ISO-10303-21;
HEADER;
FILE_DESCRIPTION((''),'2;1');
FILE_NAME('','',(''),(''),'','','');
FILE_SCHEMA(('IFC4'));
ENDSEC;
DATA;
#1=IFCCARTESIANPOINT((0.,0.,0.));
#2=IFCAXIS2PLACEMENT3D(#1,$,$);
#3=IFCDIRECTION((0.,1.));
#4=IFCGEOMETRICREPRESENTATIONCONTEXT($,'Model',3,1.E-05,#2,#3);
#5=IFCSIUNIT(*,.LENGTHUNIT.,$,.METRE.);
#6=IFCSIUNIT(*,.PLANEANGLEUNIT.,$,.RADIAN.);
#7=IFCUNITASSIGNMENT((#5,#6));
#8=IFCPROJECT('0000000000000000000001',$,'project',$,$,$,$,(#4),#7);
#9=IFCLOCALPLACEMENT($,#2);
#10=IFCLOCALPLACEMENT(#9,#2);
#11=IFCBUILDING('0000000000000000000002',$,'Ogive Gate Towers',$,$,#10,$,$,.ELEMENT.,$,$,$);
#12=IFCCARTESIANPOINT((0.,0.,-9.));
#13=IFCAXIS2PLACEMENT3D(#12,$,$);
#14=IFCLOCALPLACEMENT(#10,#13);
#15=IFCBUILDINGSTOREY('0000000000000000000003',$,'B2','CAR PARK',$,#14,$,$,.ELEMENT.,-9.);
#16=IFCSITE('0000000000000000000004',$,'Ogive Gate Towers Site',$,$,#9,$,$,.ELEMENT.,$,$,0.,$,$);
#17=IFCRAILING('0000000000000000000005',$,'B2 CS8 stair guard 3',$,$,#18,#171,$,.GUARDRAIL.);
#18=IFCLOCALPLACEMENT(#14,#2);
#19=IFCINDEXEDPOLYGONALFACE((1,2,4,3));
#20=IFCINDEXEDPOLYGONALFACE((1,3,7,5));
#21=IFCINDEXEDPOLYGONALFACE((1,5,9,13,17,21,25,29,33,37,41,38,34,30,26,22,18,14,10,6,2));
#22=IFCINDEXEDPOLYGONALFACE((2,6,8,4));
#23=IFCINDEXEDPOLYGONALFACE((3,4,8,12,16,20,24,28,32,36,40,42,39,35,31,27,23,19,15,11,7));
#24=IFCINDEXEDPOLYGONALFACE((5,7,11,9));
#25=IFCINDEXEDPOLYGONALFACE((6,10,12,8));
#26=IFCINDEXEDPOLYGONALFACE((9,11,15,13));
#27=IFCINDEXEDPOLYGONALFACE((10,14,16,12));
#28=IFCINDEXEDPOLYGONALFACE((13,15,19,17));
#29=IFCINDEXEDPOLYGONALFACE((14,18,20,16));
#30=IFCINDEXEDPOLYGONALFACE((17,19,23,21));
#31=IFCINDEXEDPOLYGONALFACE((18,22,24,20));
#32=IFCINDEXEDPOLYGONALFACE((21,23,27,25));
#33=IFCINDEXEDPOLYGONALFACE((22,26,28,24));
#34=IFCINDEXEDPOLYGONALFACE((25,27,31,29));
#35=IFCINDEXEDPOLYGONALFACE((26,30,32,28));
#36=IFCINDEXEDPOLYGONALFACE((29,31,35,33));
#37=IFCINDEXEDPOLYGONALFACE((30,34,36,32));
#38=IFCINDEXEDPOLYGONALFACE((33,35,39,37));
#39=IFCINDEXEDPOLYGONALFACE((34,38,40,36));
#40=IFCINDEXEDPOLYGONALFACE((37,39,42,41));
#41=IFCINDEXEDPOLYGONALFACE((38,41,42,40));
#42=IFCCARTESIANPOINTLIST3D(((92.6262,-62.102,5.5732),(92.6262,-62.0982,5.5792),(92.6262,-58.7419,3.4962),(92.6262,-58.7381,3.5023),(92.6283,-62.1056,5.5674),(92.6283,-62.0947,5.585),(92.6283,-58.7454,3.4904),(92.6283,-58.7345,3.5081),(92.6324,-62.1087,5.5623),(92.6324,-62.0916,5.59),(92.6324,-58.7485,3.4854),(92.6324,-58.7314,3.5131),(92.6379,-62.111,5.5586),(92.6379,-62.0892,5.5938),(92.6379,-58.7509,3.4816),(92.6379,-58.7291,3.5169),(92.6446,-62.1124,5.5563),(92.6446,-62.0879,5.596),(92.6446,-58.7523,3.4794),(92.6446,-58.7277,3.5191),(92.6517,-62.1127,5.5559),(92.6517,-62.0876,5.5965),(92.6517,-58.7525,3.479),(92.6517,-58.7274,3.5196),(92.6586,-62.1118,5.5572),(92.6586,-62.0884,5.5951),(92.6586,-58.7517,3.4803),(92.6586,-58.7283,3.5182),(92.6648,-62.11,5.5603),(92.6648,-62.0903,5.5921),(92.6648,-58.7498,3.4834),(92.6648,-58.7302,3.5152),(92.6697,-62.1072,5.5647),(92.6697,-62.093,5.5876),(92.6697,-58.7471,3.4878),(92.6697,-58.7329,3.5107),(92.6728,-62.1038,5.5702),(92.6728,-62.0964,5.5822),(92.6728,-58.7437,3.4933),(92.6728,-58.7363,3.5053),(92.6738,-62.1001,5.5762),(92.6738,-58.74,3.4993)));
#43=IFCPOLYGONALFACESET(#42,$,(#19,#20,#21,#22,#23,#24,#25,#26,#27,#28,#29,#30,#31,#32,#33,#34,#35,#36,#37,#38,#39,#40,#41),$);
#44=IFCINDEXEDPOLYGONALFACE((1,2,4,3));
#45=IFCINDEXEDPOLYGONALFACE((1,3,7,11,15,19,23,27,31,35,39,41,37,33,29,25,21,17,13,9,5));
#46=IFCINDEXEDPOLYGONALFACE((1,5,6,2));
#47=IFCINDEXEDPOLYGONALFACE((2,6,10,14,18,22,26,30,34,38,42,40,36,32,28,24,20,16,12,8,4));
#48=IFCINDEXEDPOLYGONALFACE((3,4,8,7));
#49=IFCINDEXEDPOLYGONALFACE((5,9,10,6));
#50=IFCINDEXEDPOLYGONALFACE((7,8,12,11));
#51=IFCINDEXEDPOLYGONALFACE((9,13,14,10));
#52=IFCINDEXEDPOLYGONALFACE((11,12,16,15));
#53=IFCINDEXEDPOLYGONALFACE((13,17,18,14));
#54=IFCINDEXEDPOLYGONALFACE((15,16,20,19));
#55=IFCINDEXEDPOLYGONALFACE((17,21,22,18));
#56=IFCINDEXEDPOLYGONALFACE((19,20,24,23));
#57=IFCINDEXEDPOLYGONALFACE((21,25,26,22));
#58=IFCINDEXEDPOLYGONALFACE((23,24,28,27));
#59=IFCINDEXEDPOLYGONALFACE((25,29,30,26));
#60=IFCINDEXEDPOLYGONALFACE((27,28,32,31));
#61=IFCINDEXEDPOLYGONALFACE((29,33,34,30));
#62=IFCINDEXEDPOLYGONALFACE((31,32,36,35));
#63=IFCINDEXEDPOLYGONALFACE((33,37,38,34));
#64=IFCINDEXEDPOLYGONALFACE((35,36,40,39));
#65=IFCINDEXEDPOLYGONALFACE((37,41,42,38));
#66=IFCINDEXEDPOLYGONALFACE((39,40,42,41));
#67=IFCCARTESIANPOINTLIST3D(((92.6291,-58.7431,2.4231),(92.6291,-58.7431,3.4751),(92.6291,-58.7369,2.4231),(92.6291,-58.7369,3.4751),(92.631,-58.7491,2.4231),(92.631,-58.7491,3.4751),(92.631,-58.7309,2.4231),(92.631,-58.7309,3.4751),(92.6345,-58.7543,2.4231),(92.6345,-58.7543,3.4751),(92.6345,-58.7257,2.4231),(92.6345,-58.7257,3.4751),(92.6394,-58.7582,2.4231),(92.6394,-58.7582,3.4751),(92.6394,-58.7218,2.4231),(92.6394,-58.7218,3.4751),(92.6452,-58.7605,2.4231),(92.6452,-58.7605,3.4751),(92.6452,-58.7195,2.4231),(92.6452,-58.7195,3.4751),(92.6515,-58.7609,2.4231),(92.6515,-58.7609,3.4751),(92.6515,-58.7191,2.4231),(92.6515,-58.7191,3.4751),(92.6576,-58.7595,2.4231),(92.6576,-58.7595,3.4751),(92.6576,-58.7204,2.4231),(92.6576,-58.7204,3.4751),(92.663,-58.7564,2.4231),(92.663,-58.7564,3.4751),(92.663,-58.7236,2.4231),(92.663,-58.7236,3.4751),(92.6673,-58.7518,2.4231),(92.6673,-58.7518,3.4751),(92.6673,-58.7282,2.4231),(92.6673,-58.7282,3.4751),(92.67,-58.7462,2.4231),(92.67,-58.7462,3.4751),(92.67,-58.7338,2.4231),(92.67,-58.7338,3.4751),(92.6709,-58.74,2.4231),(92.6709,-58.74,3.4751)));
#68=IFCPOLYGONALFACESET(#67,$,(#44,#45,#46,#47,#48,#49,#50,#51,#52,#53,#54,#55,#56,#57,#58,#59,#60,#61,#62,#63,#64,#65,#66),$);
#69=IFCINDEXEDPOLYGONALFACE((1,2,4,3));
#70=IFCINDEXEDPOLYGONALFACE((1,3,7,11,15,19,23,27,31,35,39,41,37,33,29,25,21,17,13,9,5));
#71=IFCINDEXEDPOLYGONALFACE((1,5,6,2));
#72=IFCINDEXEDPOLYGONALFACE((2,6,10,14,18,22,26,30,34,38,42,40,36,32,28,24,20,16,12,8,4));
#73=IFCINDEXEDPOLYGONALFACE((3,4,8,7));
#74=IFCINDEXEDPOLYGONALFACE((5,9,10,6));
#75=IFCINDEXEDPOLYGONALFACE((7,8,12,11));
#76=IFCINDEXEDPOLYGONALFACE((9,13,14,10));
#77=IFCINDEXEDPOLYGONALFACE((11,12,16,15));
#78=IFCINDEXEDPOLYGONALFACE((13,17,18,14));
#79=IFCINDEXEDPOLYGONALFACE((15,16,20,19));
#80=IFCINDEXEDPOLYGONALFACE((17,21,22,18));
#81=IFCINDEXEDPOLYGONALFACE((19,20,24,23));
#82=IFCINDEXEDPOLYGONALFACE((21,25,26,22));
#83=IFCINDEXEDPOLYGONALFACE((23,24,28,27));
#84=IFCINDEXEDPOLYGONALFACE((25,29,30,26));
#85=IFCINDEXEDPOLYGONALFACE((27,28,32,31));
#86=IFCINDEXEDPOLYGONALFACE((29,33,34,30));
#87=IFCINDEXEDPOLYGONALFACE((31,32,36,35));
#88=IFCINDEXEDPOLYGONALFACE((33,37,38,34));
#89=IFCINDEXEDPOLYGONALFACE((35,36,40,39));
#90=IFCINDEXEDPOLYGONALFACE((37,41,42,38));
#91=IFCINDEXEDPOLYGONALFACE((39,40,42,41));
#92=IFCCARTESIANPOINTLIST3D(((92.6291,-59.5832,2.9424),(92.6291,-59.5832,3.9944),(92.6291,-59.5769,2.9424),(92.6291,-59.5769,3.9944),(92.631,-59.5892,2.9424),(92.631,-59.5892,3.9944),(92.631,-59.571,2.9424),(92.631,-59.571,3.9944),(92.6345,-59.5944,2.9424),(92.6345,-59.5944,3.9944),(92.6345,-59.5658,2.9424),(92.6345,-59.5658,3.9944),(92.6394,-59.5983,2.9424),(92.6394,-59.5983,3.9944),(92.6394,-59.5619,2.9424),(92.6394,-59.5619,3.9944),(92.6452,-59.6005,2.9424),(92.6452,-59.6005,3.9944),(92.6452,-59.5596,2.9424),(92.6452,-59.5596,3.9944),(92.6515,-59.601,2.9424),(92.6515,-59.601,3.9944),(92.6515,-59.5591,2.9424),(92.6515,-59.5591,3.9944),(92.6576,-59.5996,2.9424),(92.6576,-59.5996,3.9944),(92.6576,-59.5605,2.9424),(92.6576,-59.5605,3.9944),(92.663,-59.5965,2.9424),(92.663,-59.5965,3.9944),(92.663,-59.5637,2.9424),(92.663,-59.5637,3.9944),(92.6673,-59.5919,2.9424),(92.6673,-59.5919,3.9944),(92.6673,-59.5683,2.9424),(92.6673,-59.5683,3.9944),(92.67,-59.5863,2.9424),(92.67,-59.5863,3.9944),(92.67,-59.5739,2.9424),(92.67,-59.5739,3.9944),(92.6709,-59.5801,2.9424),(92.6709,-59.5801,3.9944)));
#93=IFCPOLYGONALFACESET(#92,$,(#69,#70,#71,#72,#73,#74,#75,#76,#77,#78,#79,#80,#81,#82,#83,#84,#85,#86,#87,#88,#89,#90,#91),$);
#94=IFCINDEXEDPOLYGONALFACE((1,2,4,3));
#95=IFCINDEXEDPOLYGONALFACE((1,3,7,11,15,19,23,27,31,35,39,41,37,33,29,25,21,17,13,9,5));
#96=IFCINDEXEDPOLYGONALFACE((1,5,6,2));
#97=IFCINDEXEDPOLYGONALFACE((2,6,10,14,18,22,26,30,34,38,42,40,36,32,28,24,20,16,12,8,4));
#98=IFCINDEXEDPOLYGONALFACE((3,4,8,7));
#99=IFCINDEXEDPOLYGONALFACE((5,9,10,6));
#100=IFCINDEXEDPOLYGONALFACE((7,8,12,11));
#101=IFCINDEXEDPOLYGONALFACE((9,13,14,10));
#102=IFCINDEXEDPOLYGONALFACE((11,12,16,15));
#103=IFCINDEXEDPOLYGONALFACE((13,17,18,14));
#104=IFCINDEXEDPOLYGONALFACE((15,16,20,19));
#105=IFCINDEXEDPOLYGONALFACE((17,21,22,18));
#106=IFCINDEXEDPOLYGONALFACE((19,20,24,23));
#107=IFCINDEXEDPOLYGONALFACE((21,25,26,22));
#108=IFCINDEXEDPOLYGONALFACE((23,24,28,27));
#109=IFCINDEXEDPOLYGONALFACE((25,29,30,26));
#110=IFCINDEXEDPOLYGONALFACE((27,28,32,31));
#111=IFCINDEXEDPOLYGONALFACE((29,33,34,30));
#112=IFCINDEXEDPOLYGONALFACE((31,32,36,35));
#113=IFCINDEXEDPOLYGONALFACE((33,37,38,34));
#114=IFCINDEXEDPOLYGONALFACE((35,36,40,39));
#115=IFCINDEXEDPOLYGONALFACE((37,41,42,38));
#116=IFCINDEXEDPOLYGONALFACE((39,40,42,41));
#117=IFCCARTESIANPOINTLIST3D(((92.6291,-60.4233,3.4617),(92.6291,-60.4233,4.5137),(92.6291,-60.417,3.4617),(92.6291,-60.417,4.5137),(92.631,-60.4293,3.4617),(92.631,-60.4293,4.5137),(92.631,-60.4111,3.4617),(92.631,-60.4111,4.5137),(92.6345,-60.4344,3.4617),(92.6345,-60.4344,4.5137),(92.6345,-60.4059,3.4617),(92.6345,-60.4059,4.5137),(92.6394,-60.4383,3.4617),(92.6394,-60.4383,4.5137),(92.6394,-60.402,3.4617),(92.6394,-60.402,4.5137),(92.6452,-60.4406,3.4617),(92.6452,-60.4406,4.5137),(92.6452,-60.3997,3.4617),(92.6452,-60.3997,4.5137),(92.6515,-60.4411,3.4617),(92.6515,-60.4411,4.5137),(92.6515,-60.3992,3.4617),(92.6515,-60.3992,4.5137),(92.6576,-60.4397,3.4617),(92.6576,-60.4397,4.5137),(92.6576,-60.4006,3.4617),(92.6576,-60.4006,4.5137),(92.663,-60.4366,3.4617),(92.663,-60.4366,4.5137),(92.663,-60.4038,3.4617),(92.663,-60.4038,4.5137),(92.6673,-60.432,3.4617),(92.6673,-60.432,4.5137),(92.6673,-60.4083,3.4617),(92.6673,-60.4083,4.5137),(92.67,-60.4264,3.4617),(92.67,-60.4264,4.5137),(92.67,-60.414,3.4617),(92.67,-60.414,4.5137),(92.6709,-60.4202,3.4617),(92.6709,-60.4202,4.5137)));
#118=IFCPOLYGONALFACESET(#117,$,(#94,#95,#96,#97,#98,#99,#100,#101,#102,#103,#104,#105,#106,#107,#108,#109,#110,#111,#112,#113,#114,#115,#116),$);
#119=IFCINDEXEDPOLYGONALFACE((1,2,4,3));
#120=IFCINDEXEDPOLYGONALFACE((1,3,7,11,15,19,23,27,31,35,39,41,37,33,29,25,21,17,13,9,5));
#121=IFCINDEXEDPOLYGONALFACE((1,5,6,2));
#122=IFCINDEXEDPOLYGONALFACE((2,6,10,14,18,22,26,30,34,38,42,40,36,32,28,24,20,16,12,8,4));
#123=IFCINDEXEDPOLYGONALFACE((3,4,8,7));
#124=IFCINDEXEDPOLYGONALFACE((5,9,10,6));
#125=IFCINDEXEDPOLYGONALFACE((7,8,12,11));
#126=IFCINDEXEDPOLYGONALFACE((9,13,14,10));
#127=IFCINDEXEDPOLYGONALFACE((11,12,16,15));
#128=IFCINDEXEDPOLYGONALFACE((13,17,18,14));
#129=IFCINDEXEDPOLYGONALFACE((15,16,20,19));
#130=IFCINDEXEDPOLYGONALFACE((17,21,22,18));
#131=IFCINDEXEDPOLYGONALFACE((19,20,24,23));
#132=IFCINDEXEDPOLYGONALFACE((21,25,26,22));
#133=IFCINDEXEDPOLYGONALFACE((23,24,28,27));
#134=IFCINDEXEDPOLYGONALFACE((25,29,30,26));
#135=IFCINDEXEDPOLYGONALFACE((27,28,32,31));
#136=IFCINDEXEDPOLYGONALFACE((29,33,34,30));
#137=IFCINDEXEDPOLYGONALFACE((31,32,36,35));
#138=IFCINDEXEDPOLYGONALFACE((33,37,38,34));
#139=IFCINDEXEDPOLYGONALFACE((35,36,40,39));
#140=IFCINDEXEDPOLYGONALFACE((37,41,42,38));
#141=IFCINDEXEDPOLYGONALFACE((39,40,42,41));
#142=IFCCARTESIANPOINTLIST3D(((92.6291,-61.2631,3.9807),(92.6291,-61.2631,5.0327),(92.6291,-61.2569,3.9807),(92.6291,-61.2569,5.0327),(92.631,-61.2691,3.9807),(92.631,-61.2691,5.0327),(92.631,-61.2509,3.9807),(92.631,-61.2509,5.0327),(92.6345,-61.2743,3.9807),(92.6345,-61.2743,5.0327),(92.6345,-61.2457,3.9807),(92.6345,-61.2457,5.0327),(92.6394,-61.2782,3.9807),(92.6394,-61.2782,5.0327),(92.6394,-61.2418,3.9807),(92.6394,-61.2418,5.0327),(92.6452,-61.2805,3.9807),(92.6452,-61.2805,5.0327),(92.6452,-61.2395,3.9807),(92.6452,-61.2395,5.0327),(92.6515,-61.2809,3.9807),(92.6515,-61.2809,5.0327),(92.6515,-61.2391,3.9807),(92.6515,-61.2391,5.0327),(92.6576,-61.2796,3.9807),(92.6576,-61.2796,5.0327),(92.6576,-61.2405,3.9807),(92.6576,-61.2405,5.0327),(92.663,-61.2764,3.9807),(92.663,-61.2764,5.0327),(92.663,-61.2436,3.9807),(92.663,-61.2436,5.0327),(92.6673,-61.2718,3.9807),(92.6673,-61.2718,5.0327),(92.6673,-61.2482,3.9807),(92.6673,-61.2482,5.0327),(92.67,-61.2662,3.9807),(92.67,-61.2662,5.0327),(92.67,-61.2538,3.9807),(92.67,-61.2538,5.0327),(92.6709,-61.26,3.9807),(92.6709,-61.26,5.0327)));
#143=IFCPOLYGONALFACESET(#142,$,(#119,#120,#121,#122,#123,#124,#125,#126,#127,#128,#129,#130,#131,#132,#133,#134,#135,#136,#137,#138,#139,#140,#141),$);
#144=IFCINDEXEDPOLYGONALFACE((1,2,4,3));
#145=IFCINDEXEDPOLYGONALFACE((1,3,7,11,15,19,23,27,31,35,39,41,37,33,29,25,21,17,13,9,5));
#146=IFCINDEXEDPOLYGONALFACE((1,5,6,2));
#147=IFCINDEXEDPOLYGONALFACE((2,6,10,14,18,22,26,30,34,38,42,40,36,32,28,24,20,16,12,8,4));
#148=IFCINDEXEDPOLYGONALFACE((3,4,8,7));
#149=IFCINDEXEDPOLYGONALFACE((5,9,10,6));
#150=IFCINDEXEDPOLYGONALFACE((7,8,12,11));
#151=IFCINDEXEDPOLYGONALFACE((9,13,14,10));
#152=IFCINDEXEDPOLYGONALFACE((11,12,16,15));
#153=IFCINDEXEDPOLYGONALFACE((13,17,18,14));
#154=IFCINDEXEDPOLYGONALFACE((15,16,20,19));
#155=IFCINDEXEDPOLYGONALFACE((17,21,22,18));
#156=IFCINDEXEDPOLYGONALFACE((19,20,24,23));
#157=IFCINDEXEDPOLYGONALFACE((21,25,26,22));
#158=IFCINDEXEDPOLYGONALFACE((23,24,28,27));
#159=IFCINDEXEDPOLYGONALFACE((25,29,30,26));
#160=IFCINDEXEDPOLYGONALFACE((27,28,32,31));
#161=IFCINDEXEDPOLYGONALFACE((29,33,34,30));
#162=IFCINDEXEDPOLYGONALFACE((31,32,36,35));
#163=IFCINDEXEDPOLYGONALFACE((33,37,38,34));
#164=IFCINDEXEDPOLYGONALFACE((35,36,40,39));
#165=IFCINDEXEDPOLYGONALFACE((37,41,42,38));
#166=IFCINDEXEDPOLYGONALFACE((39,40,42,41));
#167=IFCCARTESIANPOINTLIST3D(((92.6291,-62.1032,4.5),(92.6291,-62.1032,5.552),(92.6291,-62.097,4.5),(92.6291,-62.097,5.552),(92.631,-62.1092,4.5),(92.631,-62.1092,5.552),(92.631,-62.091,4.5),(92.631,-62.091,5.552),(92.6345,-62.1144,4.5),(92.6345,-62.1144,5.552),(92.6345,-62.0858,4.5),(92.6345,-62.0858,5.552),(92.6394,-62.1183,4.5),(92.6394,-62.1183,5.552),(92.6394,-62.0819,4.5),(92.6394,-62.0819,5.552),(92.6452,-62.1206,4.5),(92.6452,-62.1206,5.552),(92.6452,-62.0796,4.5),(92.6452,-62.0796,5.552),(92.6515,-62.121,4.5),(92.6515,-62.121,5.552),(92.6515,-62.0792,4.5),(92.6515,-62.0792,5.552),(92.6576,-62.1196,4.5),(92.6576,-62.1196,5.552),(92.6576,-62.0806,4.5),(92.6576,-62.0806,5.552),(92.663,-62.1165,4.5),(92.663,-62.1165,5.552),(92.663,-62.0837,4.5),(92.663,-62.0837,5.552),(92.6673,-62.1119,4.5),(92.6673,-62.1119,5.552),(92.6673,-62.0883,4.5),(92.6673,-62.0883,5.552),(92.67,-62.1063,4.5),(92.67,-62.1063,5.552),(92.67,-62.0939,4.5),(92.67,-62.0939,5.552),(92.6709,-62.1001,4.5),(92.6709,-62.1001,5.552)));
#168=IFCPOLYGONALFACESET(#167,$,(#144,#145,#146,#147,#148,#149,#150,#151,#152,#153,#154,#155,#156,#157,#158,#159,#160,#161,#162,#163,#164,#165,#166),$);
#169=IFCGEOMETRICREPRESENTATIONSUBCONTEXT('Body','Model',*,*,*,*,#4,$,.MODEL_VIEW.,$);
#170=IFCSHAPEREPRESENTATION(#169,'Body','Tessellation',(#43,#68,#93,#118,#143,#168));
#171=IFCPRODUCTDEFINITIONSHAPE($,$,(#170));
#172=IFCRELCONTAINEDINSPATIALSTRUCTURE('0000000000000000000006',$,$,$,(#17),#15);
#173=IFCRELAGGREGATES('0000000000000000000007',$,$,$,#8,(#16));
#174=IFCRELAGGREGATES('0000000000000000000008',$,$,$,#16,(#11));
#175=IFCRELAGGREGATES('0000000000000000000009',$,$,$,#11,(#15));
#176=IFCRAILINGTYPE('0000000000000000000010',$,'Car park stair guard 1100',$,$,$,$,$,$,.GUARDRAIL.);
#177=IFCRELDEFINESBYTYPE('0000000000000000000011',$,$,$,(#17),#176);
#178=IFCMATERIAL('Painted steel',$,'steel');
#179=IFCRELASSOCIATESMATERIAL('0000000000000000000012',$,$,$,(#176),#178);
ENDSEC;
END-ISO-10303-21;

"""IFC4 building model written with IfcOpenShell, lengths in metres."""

from ifc_helpers import new_model, si_unit, direction, frame, origin, origin_2d, place, context, subcontext, project, spatial, circle, extrude, material, type_object, element, save


model = new_model("IFC4")

# Units and contexts
model_context = context("Model", 3, precision=1e-05, world=origin(), true_north=direction((0.0, 1.0)))
body_context = subcontext(model_context, "Body", "Model", "MODEL_VIEW")
ifc_project = project(units=[si_unit("LENGTHUNIT", "METRE"), si_unit("PLANEANGLEUNIT", "RADIAN")], contexts=[model_context])

# Site, building, storey
site_placement = place(None, origin())
site = spatial("IfcSite", under=ifc_project, at=site_placement, Name="Ogive Gate Towers Site", CompositionType="ELEMENT", RefElevation=0.0)
building_placement = place(site_placement, origin())
building = spatial("IfcBuilding", under=site, at=building_placement, Name="Ogive Gate Towers", CompositionType="ELEMENT")
storey_placement = place(building_placement, frame((0.0, 0.0, -9.0)))
storey = spatial("IfcBuildingStorey", under=building, at=storey_placement, Name="B2", Description="CAR PARK", CompositionType="ELEMENT", Elevation=-9.0)

# Railing
ifc_material_1 = material(Name="Painted steel", Category="steel")
railing_type_1 = type_object("IfcRailingType", Name="Car park stair guard 1100", PredefinedType="GUARDRAIL", material=ifc_material_1)
railing_1_placement = place(storey_placement, frame((92.6499, -58.74, 2.4231)))
element("IfcRailing", 1, at=railing_1_placement, inside=storey, type_object=railing_type_1, Name="B2 CS8 stair guard 3", PredefinedType="GUARDRAIL", context=body_context, shape_type="SweptSolid", body=[
    extrude(circle(Radius=0.0239, at=origin_2d()), frame((0.0, 0.0, 1.0762), z_axis=(0.0, -0.850623, 0.525776), x_axis=(1.0, 0.0, 0.0)), (0.0, 0.0, 1.0), 3.9502),
    extrude(circle(Radius=0.021, at=origin_2d()), origin(), (0.0, 0.0, 1.0), 1.052),
    extrude(circle(Radius=0.021, at=origin_2d()), frame((0.0, -0.8401, 0.5193)), (0.0, 0.0, 1.0), 1.052),
    extrude(circle(Radius=0.021, at=origin_2d()), frame((0.0, -1.6802, 1.0386)), (0.0, 0.0, 1.0), 1.052),
    extrude(circle(Radius=0.021, at=origin_2d()), frame((0.0, -2.52, 1.5576)), (0.0, 0.0, 1.0), 1.052),
    extrude(circle(Radius=0.021, at=origin_2d()), frame((0.0, -3.3601, 2.0769)), (0.0, 0.0, 1.0), 1.052),
])

save(model, "model.ifc")
